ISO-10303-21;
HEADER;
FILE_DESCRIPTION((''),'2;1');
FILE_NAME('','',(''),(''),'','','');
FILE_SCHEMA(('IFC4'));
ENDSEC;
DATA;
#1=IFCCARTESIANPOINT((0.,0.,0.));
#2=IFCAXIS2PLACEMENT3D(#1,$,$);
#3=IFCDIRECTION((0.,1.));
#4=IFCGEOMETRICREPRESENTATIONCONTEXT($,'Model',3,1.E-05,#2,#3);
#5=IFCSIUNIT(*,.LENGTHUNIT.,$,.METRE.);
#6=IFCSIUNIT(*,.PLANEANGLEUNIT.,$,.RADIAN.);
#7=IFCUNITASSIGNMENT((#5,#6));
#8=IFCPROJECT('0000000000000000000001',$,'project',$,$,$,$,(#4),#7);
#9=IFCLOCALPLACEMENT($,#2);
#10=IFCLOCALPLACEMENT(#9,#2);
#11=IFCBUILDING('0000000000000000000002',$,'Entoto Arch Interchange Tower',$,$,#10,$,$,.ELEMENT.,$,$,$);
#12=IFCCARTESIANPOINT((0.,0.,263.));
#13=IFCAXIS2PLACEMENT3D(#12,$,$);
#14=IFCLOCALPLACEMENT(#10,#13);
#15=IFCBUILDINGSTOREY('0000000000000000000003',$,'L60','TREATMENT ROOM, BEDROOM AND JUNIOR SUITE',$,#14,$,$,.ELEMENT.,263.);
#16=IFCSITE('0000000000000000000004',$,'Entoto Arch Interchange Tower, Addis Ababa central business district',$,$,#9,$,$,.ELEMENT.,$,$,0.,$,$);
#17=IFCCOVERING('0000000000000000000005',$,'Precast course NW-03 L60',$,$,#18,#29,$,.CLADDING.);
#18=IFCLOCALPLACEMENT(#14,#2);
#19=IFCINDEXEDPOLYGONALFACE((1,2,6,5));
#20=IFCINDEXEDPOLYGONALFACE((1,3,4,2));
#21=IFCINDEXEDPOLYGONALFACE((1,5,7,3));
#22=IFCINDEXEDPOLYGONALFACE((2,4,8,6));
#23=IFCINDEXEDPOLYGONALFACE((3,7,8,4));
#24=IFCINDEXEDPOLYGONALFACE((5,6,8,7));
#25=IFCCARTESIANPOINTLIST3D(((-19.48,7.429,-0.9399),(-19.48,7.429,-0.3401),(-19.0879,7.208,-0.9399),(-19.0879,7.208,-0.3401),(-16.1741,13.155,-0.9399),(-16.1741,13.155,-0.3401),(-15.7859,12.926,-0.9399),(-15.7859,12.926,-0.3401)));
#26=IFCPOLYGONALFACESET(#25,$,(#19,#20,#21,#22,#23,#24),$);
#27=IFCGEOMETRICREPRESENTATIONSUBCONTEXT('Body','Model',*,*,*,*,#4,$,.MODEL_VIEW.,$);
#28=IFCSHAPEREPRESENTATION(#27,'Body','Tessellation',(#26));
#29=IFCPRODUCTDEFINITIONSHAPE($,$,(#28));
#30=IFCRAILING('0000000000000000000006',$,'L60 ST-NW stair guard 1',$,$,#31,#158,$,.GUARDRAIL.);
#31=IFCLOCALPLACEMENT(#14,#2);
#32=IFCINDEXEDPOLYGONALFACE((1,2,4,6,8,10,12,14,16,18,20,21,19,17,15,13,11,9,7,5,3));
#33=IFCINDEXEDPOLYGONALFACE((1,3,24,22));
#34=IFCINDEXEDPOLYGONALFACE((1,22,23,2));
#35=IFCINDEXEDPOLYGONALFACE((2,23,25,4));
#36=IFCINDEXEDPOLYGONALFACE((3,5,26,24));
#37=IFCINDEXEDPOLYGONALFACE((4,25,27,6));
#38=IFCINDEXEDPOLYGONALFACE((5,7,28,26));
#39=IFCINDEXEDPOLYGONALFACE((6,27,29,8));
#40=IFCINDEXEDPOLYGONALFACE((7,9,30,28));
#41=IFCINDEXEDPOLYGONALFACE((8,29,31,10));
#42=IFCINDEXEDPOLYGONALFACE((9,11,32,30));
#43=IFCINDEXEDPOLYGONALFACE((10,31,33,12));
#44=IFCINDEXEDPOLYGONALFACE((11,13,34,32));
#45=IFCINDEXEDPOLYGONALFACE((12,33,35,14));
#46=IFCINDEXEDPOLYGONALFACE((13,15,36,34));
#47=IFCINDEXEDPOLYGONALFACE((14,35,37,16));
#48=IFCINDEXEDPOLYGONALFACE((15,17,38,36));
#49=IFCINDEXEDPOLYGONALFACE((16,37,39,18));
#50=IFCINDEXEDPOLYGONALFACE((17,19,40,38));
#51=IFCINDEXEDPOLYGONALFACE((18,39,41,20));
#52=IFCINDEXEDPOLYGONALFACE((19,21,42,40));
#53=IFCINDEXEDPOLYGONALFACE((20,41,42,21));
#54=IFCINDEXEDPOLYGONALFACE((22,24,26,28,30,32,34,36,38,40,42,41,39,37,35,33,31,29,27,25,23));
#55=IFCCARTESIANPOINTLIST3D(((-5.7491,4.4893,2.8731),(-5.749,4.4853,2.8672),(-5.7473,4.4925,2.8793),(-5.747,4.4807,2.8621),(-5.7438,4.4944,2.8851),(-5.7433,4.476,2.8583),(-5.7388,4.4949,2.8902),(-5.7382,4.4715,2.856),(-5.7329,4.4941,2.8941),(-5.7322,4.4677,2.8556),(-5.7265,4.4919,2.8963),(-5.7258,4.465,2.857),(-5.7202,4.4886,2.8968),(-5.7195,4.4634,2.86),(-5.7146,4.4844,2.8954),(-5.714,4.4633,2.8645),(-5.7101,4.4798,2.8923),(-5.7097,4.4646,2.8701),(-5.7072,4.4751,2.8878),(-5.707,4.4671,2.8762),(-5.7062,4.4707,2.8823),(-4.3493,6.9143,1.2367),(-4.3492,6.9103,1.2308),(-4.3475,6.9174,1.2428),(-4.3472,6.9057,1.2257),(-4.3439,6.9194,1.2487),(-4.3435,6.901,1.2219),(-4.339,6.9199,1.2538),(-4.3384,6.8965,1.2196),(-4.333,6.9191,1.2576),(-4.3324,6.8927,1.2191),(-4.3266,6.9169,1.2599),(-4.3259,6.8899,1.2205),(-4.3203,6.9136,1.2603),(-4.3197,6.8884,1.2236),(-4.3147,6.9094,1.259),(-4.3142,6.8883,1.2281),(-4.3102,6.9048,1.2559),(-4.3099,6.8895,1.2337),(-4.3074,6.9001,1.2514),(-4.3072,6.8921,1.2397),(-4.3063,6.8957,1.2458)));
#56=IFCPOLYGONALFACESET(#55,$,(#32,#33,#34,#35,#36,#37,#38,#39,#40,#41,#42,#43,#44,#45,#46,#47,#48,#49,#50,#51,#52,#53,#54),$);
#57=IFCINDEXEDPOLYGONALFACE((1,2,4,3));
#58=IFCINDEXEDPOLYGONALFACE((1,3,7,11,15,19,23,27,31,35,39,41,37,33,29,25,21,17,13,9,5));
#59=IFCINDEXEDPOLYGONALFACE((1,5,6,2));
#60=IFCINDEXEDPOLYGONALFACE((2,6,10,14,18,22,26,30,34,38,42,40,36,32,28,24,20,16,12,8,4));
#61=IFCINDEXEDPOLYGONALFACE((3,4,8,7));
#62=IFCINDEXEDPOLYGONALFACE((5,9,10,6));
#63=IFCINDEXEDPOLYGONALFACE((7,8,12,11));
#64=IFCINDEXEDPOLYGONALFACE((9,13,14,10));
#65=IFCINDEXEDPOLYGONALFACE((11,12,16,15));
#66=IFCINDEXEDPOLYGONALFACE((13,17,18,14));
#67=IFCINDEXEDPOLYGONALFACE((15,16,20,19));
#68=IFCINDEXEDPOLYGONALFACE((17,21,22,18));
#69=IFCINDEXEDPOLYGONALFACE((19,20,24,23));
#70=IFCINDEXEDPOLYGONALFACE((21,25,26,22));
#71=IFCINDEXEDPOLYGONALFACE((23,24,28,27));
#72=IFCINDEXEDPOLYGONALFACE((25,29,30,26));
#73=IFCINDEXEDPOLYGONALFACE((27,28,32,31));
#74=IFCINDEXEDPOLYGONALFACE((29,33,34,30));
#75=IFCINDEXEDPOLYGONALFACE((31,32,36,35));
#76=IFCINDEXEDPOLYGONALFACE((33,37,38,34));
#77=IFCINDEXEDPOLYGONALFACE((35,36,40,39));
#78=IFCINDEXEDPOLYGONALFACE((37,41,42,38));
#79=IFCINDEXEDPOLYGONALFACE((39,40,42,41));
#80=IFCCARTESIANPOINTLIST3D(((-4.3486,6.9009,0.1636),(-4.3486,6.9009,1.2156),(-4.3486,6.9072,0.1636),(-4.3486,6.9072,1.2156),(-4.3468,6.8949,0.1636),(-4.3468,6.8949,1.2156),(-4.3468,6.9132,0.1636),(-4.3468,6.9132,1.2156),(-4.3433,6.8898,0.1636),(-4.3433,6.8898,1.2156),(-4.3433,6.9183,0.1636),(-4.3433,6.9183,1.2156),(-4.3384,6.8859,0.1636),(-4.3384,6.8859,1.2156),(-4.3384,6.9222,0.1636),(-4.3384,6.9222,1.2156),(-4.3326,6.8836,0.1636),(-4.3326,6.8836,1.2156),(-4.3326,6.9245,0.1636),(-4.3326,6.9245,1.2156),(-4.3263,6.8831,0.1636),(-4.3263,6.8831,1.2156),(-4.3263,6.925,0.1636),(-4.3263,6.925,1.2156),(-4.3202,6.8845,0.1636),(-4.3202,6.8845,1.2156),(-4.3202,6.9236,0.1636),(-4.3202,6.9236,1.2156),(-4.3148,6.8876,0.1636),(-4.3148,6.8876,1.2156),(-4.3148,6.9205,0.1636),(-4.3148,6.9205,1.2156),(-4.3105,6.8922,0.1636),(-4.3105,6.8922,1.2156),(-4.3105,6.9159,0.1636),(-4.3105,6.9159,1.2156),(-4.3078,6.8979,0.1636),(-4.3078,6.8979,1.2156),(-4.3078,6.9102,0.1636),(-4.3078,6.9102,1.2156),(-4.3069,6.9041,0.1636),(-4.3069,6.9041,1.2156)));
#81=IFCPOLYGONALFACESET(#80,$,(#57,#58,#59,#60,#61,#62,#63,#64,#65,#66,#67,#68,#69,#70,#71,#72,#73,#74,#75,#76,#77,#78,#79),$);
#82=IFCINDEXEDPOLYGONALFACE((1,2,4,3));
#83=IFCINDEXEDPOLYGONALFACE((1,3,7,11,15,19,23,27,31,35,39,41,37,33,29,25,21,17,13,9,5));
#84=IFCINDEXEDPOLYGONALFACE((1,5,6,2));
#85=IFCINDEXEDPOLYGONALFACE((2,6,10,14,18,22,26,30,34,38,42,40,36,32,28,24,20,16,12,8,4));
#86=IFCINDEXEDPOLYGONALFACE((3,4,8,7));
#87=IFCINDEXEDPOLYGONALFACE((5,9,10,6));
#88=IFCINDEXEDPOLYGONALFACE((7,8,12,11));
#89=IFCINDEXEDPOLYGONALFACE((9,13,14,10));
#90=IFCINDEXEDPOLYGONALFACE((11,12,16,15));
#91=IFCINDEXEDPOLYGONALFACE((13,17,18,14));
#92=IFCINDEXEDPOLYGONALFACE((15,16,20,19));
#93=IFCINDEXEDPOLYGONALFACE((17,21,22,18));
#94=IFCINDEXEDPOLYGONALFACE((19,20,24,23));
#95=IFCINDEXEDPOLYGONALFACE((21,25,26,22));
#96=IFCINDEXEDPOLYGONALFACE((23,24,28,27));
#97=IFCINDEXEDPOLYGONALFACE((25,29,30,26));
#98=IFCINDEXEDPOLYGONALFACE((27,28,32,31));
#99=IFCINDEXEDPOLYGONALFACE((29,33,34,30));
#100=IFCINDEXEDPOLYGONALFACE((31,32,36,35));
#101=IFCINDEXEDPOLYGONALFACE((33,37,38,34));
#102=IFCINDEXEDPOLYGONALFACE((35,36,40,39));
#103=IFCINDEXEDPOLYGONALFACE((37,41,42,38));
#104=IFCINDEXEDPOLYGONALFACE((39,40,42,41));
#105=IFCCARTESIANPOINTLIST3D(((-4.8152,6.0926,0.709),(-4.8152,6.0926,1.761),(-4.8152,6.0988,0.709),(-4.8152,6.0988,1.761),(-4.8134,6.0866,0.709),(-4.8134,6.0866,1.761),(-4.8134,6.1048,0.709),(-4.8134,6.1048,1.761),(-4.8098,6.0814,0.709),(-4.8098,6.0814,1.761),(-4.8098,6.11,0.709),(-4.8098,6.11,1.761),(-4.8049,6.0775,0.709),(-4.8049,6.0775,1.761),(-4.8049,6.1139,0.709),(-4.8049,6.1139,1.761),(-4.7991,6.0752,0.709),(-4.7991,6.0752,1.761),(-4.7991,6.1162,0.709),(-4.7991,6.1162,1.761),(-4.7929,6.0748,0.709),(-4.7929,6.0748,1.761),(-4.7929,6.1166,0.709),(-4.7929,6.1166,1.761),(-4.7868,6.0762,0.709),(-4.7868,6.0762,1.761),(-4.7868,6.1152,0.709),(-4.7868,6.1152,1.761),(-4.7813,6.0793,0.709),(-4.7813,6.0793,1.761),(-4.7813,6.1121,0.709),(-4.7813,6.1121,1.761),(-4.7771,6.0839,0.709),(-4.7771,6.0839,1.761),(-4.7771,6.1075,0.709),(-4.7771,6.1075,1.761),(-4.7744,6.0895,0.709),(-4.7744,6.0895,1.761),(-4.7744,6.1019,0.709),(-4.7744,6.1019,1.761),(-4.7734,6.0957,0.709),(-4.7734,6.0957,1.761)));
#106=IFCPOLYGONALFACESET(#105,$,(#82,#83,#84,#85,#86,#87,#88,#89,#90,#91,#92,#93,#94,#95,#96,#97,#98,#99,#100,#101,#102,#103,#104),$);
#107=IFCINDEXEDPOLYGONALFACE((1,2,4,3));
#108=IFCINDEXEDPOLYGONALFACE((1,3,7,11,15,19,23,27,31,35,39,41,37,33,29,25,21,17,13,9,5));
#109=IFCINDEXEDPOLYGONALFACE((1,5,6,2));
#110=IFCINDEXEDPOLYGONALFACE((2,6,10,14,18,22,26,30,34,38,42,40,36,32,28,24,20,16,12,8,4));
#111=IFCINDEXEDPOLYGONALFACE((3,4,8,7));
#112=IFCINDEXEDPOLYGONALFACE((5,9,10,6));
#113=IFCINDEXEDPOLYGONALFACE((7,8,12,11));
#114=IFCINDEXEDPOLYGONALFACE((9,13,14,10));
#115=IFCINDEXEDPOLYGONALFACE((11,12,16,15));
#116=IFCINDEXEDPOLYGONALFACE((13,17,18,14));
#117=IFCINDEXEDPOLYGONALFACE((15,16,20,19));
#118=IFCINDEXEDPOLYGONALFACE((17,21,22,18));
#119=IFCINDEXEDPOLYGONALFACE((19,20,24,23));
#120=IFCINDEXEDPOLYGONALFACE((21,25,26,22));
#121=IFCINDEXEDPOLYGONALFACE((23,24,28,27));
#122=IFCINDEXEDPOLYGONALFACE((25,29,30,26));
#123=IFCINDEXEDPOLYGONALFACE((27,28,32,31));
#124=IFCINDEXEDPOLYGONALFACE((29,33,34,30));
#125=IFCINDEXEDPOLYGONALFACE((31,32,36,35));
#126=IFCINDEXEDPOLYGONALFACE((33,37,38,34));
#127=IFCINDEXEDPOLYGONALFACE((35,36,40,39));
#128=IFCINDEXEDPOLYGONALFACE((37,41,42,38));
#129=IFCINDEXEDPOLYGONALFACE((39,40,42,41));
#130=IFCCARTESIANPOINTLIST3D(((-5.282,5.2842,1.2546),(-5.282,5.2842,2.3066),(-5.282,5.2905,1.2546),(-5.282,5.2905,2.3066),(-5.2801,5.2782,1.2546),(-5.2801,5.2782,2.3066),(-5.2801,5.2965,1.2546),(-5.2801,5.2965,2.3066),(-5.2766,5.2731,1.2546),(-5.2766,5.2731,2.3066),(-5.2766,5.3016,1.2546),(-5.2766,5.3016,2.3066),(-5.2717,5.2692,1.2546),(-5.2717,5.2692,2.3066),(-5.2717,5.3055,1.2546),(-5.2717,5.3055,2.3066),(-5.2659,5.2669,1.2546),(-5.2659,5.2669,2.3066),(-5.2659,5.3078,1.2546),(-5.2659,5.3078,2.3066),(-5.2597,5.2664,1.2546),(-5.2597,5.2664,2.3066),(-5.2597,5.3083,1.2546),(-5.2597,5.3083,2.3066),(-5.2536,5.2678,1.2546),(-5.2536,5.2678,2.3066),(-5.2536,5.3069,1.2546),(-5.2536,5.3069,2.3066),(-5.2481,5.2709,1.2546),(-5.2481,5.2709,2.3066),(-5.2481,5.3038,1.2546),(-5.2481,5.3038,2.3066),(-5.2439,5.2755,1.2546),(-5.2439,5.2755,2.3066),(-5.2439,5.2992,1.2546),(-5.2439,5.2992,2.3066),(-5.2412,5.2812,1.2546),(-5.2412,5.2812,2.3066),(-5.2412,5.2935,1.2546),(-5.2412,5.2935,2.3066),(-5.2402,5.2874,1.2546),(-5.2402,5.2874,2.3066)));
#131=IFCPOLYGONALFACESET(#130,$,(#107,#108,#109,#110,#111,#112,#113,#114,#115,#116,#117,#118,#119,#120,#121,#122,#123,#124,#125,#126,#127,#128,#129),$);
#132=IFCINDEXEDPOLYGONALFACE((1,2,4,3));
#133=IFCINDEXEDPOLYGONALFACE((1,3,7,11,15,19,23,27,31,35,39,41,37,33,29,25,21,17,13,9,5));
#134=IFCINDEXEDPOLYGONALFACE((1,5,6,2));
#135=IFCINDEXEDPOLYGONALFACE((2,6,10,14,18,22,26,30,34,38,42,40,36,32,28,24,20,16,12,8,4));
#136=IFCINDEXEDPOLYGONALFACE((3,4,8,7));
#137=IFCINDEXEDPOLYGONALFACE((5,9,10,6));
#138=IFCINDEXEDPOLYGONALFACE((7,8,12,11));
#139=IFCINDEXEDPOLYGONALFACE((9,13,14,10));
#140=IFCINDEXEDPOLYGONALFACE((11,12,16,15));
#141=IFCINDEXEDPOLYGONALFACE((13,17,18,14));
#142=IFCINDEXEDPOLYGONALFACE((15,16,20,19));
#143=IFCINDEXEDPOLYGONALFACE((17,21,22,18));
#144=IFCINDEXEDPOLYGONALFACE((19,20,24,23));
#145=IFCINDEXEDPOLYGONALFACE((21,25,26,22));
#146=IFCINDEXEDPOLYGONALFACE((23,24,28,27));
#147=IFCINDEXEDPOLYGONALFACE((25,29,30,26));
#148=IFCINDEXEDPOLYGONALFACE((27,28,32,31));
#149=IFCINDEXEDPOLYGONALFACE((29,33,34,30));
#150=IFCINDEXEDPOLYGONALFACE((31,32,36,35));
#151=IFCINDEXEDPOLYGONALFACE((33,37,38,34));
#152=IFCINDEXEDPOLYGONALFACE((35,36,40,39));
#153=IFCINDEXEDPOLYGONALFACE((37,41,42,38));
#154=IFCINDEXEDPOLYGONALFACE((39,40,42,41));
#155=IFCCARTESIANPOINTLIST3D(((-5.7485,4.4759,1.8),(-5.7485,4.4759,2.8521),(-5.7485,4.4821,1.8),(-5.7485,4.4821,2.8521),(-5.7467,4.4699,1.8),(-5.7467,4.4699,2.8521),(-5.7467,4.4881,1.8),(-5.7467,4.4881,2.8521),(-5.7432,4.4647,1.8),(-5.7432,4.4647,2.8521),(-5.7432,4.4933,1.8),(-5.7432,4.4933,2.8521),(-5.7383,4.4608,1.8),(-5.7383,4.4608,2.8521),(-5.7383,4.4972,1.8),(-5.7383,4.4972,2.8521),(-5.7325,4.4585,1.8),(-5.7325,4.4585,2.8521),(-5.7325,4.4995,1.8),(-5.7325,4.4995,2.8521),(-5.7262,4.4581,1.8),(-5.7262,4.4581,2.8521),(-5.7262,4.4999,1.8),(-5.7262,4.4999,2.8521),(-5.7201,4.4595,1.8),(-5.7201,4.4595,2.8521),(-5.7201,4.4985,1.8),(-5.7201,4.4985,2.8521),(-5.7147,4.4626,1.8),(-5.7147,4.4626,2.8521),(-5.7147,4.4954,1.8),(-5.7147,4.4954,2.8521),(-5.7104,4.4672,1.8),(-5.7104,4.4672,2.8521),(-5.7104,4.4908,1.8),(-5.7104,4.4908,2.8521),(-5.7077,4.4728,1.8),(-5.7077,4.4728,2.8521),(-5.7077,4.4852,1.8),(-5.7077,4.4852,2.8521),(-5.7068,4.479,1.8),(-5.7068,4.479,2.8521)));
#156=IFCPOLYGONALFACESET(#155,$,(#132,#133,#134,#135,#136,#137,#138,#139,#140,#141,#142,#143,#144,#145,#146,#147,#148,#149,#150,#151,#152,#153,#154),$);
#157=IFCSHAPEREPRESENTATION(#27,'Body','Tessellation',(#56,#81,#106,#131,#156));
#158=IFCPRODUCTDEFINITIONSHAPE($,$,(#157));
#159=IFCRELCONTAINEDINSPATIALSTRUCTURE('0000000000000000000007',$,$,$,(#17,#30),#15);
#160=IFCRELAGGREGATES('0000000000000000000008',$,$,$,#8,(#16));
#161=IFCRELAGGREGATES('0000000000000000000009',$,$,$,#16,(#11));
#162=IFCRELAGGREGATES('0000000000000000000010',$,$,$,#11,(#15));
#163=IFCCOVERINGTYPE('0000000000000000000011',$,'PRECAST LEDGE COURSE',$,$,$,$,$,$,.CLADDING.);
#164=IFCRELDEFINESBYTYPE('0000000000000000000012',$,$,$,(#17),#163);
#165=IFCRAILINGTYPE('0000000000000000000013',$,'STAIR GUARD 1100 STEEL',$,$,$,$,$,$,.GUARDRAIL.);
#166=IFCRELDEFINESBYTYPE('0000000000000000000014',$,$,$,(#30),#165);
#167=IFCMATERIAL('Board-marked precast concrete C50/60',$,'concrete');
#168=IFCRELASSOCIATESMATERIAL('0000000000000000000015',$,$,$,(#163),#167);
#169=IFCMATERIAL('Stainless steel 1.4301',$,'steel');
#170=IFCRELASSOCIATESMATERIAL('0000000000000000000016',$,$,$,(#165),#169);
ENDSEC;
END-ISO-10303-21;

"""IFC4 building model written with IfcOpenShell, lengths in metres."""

from ifc_helpers import new_model, si_unit, direction, frame, origin, origin_2d, place, context, subcontext, project, spatial, polyline, circle, outline, extrude, material, type_object, element, save


model = new_model("IFC4")

# Units and contexts
model_context = context("Model", 3, precision=1e-05, world=origin(), true_north=direction((0.0, 1.0)))
body_context = subcontext(model_context, "Body", "Model", "MODEL_VIEW")
ifc_project = project(units=[si_unit("LENGTHUNIT", "METRE"), si_unit("PLANEANGLEUNIT", "RADIAN")], contexts=[model_context])

# Site, building, storey
site_placement = place(None, origin())
site = spatial("IfcSite", under=ifc_project, at=site_placement, Name="Entoto Arch Interchange Tower, Addis Ababa central business district", CompositionType="ELEMENT", RefElevation=0.0)
building_placement = place(site_placement, origin())
building = spatial("IfcBuilding", under=site, at=building_placement, Name="Entoto Arch Interchange Tower", CompositionType="ELEMENT")
storey_placement = place(building_placement, frame((0.0, 0.0, 263.0)))
storey = spatial("IfcBuildingStorey", under=building, at=storey_placement, Name="L60", Description="TREATMENT ROOM, BEDROOM AND JUNIOR SUITE", CompositionType="ELEMENT", Elevation=263.0)

# Covering
ifc_material_1 = material(Name="Board-marked precast concrete C50/60", Category="concrete")
covering_type = type_object("IfcCoveringType", Name="PRECAST LEDGE COURSE", PredefinedType="CLADDING", material=ifc_material_1)
covering_1_placement = place(storey_placement, frame((0.0, 0.0, -0.9399)))
element("IfcCovering", 1, at=covering_1_placement, inside=storey, type_object=covering_type, Name="Precast course NW-03 L60", PredefinedType="CLADDING", context=body_context, shape_type="SweptSolid", body=[
    extrude(outline(polyline([(-19.0879, 7.208), (-19.48, 7.429), (-16.1741, 13.155), (-15.7859, 12.926), (-19.0879, 7.208)])), origin(), (0.0, 0.0, 1.0), 0.5999),
])

# Railing
ifc_material_2 = material(Name="Stainless steel 1.4301", Category="steel")
railing_type_1 = type_object("IfcRailingType", Name="STAIR GUARD 1100 STEEL", PredefinedType="GUARDRAIL", material=ifc_material_2)
railing_1_placement = place(storey_placement, frame((-4.3279, 6.9041, 0.1636)))
element("IfcRailing", 2, at=railing_1_placement, inside=storey, type_object=railing_type_1, Name="L60 ST-NW stair guard 1", PredefinedType="GUARDRAIL", context=body_context, shape_type="SweptSolid", body=[
    extrude(circle(Radius=0.0239, at=origin_2d()), frame((0.0, 0.0, 1.0762), z_axis=(-0.431636, -0.747723, 0.504579), x_axis=(0.866056, -0.499946, 0.0)), (0.0, 0.0, 1.0), 3.2432),
    extrude(circle(Radius=0.021, at=origin_2d()), origin(), (0.0, 0.0, 1.0), 1.052),
    extrude(circle(Radius=0.021, at=origin_2d()), frame((-0.4666, -0.8083, 0.5454)), (0.0, 0.0, 1.0), 1.052),
    extrude(circle(Radius=0.021, at=origin_2d()), frame((-0.9333, -1.6167, 1.0911)), (0.0, 0.0, 1.0), 1.052),
    extrude(circle(Radius=0.021, at=origin_2d()), frame((-1.3999, -2.425, 1.6365)), (0.0, 0.0, 1.0), 1.052),
])

save(model, "model.ifc")
